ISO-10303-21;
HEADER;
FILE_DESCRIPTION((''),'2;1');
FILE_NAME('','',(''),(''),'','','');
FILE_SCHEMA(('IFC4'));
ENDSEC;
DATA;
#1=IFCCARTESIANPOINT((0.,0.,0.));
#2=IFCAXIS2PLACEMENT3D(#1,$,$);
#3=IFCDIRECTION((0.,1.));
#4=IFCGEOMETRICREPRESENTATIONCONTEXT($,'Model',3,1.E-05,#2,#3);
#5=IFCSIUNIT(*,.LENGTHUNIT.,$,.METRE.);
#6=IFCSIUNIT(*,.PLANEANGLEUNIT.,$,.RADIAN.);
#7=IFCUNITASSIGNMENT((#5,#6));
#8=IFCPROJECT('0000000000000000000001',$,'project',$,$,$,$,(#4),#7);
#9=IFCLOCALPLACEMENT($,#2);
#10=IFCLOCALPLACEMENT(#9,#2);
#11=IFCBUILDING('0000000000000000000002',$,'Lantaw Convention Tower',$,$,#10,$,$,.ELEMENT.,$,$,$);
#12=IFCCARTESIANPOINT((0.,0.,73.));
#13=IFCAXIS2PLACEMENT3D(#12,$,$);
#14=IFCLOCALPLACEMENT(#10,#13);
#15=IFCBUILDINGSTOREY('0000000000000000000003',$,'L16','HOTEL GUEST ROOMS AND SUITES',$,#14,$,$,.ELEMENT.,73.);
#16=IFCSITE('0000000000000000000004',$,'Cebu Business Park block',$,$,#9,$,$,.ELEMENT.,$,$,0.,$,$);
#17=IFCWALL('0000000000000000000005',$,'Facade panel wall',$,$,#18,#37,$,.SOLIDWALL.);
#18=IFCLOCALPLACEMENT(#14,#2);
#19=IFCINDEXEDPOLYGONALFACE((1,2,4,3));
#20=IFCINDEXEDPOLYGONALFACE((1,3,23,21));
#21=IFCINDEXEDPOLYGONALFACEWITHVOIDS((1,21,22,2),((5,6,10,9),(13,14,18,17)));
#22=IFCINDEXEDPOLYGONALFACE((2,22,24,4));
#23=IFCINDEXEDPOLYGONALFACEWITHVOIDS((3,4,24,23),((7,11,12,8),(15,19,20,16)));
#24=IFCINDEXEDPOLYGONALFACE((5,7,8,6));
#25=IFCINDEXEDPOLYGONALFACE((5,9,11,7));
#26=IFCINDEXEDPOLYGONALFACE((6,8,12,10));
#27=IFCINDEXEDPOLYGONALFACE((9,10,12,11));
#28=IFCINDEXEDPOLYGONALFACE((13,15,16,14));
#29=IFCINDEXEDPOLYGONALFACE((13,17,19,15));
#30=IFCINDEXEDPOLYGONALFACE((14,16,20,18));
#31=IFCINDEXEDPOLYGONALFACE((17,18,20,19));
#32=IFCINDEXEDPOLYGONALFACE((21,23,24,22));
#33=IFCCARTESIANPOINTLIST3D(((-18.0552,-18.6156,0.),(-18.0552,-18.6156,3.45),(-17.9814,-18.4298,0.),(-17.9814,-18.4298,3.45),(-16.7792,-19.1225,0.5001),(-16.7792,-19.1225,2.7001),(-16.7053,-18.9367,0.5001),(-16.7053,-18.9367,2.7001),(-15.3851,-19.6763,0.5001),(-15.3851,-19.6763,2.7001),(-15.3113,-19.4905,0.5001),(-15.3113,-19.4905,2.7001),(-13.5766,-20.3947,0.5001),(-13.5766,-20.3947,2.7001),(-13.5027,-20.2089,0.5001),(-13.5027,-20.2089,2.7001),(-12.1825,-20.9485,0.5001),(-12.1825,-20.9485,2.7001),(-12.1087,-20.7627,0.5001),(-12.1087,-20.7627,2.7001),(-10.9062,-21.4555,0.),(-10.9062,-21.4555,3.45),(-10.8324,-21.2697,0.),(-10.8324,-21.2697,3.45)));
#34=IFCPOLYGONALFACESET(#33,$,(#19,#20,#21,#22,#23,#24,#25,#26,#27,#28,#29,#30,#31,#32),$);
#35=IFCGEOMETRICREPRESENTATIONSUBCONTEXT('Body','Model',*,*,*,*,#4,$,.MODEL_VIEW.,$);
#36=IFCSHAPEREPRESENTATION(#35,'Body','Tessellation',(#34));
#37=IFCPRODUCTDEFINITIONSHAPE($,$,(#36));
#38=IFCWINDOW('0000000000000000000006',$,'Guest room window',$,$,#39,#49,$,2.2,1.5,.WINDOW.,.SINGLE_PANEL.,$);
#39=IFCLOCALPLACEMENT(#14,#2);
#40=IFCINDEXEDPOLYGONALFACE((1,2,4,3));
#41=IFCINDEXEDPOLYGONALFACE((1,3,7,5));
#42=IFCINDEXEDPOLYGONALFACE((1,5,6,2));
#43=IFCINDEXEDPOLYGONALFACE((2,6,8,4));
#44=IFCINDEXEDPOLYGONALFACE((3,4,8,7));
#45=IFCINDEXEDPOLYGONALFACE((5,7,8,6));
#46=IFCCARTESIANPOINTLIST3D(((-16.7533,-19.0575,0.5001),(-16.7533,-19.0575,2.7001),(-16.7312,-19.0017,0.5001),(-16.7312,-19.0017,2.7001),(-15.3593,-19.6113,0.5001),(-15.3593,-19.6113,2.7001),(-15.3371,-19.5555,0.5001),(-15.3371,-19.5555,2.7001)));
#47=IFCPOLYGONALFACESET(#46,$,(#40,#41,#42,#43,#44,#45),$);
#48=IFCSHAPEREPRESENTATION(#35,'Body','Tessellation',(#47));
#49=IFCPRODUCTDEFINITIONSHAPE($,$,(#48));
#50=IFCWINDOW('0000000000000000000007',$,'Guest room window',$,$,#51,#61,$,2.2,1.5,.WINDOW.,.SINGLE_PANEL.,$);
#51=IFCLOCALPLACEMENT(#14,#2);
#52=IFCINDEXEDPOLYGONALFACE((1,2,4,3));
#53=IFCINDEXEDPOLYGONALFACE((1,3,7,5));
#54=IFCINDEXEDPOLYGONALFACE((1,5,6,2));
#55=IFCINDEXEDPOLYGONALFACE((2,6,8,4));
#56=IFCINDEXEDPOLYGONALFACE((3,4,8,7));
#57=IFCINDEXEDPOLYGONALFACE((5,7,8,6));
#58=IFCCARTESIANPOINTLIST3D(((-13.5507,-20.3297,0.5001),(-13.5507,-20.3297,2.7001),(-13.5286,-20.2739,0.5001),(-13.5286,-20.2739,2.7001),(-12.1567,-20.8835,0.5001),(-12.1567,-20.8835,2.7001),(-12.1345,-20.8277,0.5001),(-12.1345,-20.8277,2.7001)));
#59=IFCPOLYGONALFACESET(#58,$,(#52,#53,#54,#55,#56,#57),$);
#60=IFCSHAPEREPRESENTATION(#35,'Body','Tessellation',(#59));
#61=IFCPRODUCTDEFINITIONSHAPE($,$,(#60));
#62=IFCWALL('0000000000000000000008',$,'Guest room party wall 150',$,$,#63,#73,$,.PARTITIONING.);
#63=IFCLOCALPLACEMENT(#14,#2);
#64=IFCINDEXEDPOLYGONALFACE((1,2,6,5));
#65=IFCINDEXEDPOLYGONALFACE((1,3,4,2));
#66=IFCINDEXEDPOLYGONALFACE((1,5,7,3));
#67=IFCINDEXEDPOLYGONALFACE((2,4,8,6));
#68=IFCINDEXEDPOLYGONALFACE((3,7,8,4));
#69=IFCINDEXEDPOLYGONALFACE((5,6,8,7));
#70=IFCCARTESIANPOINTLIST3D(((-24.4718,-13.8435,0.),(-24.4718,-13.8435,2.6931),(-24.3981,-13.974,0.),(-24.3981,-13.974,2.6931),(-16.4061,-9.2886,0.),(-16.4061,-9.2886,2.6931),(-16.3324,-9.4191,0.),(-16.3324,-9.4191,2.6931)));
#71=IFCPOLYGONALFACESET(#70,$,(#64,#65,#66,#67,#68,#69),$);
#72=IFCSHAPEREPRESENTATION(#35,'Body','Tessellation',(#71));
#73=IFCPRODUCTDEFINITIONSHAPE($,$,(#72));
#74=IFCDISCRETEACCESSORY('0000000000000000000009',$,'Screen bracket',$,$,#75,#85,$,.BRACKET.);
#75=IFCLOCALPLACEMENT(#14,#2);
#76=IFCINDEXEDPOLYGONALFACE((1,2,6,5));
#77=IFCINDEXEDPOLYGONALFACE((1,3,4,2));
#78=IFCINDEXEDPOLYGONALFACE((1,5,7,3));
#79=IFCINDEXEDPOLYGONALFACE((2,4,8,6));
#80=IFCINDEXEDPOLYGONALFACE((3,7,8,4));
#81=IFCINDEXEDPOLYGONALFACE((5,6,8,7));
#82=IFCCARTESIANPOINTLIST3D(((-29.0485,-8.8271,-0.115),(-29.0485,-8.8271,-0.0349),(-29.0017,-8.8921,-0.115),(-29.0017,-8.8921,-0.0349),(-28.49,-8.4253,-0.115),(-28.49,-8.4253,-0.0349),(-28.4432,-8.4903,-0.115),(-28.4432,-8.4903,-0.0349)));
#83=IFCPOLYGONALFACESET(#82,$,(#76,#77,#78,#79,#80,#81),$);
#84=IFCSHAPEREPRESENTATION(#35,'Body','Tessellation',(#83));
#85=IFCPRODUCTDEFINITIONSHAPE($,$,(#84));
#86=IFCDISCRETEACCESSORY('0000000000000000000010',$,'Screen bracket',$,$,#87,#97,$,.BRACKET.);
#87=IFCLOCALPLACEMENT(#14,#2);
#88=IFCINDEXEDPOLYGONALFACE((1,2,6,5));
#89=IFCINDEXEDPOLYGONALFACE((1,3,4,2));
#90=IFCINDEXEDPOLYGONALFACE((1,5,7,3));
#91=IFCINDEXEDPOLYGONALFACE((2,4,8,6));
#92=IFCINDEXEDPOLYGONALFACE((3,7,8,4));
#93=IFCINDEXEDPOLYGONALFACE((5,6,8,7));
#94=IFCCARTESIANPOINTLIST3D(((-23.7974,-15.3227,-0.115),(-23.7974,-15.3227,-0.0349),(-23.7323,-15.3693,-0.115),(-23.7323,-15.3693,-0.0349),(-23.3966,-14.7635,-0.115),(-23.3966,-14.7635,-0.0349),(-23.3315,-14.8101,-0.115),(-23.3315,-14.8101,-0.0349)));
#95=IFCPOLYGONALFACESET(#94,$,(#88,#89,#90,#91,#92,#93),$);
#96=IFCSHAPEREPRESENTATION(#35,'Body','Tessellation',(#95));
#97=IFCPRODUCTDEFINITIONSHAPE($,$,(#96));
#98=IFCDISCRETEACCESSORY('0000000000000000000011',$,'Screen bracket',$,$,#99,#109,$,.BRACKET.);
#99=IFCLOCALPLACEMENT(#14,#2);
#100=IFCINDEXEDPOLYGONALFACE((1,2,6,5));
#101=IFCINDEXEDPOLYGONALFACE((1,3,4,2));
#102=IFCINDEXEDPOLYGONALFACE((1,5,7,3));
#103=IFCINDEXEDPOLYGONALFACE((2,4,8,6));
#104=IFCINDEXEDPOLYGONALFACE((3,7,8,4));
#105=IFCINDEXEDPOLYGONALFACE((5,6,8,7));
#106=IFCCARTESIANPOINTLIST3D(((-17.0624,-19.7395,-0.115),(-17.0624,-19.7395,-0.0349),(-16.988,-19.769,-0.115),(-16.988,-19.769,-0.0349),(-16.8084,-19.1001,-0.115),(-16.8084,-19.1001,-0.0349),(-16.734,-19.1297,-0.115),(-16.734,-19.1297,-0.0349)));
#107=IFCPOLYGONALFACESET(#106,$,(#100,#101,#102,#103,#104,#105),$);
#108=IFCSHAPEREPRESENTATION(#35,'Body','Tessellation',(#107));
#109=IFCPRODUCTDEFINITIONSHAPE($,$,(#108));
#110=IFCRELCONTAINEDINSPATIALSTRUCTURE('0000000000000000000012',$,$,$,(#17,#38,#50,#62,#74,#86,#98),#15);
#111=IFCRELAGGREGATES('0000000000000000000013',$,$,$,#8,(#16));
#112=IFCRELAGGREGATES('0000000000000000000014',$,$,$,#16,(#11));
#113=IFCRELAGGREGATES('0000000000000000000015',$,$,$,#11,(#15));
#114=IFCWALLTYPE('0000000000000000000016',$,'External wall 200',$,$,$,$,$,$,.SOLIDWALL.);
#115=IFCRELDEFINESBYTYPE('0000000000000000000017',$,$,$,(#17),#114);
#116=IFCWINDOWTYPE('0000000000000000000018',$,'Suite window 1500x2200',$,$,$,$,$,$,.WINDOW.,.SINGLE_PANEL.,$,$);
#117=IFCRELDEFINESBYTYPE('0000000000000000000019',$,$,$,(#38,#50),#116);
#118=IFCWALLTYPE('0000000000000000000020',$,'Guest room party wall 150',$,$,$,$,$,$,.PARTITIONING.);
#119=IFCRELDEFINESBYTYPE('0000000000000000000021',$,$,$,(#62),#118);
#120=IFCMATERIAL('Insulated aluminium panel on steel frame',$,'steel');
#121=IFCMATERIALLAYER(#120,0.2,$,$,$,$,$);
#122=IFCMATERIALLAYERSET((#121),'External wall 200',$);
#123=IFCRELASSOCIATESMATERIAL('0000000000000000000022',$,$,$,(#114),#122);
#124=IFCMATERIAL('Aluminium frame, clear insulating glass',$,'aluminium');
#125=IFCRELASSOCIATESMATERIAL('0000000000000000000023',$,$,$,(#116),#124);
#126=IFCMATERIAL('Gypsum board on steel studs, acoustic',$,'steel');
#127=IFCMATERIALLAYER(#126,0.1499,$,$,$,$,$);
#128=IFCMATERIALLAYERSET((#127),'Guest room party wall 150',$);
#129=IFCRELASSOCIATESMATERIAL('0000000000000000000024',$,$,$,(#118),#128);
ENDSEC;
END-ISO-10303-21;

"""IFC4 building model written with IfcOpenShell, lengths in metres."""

from ifc_helpers import new_model, si_unit, direction, frame, frame_2d, origin, origin_2d, place, context, subcontext, project, spatial, rectangle, extrude, material, layer, layer_set, type_object, element, fill, save


model = new_model("IFC4")

# Units and contexts
model_context = context("Model", 3, precision=1e-05, world=origin(), true_north=direction((0.0, 1.0)))
body_context = subcontext(model_context, "Body", "Model", "MODEL_VIEW")
ifc_project = project(units=[si_unit("LENGTHUNIT", "METRE"), si_unit("PLANEANGLEUNIT", "RADIAN")], contexts=[model_context])

# Site, building, storey
site_placement = place(None, origin())
site = spatial("IfcSite", under=ifc_project, at=site_placement, Name="Cebu Business Park block", CompositionType="ELEMENT", RefElevation=0.0)
building_placement = place(site_placement, origin())
building = spatial("IfcBuilding", under=site, at=building_placement, Name="Lantaw Convention Tower", CompositionType="ELEMENT")
storey_placement = place(building_placement, frame((0.0, 0.0, 73.0)))
storey = spatial("IfcBuildingStorey", under=building, at=storey_placement, Name="L16", Description="HOTEL GUEST ROOMS AND SUITES", CompositionType="ELEMENT", Elevation=73.0)

# Wall, openings, windows
ifc_material_1 = material(Name="Insulated aluminium panel on steel frame", Category="steel")
ifc_layer_1 = layer(ifc_material_1, 0.2)
ifc_layer_set_1 = layer_set([ifc_layer_1], Name="External wall 200")
wall_type_1 = type_object("IfcWallType", Name="External wall 200", PredefinedType="SOLIDWALL", material=ifc_layer_set_1)
ifc_material_2 = material(Name="Aluminium frame, clear insulating glass", Category="aluminium")
window_type = type_object("IfcWindowType", Name="Suite window 1500x2200", PartitioningType="SINGLE_PANEL", PredefinedType="WINDOW", material=ifc_material_2)
wall_1_placement = place(storey_placement, frame((-18.0183, -18.5227, 0.0), z_axis=(0.0, 0.0, 1.0), x_axis=(0.929358, -0.369179, 0.0)))
wall_1 = element("IfcWall", 1, at=wall_1_placement, inside=storey, type_object=wall_type_1, Name="Facade panel wall", PredefinedType="SOLIDWALL", context=body_context, shape_type="SweptSolid", body=[
    extrude(rectangle(XDim=7.6924, YDim=0.2, at=frame_2d((3.8462, 0.0))), origin(), (0.0, 0.0, 1.0), 3.45),
])
opening_1_placement = place(wall_1_placement, frame((1.373, 0.0, 0.5)))
opening_1 = element("IfcOpeningElement", 2, at=opening_1_placement, cuts=wall_1, PredefinedType="OPENING", context=body_context, shape_type="SweptSolid", body=[
    extrude(rectangle(XDim=1.5, YDim=2.2, at=frame_2d((0.75, 1.1001))), frame((0.0, 0.1099, 0.0), z_axis=(0.0, -1.0, 0.0), x_axis=(1.0, 0.0, 0.0)), (0.0, 0.0, 1.0), 0.22),
])
opening_2_placement = place(wall_1_placement, frame((4.8191, 0.0, 0.5)))
opening_2 = element("IfcOpeningElement", 3, at=opening_2_placement, cuts=wall_1, PredefinedType="OPENING", context=body_context, shape_type="SweptSolid", body=[
    extrude(rectangle(XDim=1.5, YDim=2.2, at=frame_2d((0.75, 1.1001))), frame((0.0, 0.1099, 0.0), z_axis=(0.0, -1.0, 0.0), x_axis=(1.0, 0.0, 0.0)), (0.0, 0.0, 1.0), 0.22),
])
window_1_placement = place(opening_1_placement, origin())
window_1 = element("IfcWindow", 4, at=window_1_placement, inside=storey, type_object=window_type, Name="Guest room window", OverallHeight=2.2, OverallWidth=1.5, PartitioningType="SINGLE_PANEL", PredefinedType="WINDOW", context=body_context, shape_type="SweptSolid", body=[
    extrude(rectangle(XDim=1.5, YDim=2.2, at=frame_2d((0.75, 1.1001))), frame((0.0, 0.03, 0.0), z_axis=(0.0, -1.0, 0.0), x_axis=(1.0, 0.0, 0.0)), (0.0, 0.0, 1.0), 0.0601),
])
fill(opening_1, window_1)
window_2_placement = place(opening_2_placement, origin())
window_2 = element("IfcWindow", 5, at=window_2_placement, inside=storey, type_object=window_type, Name="Guest room window", OverallHeight=2.2, OverallWidth=1.5, PartitioningType="SINGLE_PANEL", PredefinedType="WINDOW", context=body_context, shape_type="SweptSolid", body=[
    extrude(rectangle(XDim=1.5, YDim=2.2, at=frame_2d((0.75, 1.1001))), frame((0.0, 0.03, 0.0), z_axis=(0.0, -1.0, 0.0), x_axis=(1.0, 0.0, 0.0)), (0.0, 0.0, 1.0), 0.0601),
])
fill(opening_2, window_2)

# Wall
ifc_material_3 = material(Name="Gypsum board on steel studs, acoustic", Category="steel")
ifc_layer_2 = layer(ifc_material_3, 0.1499)
ifc_layer_set_2 = layer_set([ifc_layer_2], Name="Guest room party wall 150")
wall_type_2 = type_object("IfcWallType", Name="Guest room party wall 150", PredefinedType="PARTITIONING", material=ifc_layer_set_2)
wall_2_placement = place(storey_placement, frame((-24.4348, -13.9087, 0.0), z_axis=(0.0, 0.0, 1.0), x_axis=(0.870744, 0.491736, 0.0)))
element("IfcWall", 6, at=wall_2_placement, inside=storey, type_object=wall_type_2, Name="Guest room party wall 150", PredefinedType="PARTITIONING", context=body_context, shape_type="SweptSolid", body=[
    extrude(rectangle(XDim=9.2629, YDim=0.1499, at=frame_2d((4.6313, 0.0))), origin(), (0.0, 0.0, 1.0), 2.6931),
])

# Discrete accessories
for number, where, z_axis, x_axis, name in (
    (7, (-28.7458, -8.6587, -0.115), (0.0, 0.0, 1.0), (0.583951, -0.811789, 0.0), "Screen bracket"),
    (8, (-23.5645, -15.0664, -0.115), (0.0, 0.0, 1.0), (0.812804, -0.582538, 0.0), "Screen bracket"),
    (9, (-16.8982, -19.4346, -0.115), (0.0, 0.0, 1.0), (0.929361, -0.369172, 0.0), "Screen bracket"),
):
    element("IfcDiscreteAccessory", number, at=place(storey_placement, frame(where, z_axis=z_axis, x_axis=x_axis)), inside=storey, Name=name, PredefinedType="BRACKET", context=body_context, shape_type="SweptSolid", body=[
        extrude(rectangle(XDim=0.0801, YDim=0.688, at=origin_2d()), origin(), (0.0, 0.0, 1.0), 0.0801),
    ])

save(model, "model.ifc")
